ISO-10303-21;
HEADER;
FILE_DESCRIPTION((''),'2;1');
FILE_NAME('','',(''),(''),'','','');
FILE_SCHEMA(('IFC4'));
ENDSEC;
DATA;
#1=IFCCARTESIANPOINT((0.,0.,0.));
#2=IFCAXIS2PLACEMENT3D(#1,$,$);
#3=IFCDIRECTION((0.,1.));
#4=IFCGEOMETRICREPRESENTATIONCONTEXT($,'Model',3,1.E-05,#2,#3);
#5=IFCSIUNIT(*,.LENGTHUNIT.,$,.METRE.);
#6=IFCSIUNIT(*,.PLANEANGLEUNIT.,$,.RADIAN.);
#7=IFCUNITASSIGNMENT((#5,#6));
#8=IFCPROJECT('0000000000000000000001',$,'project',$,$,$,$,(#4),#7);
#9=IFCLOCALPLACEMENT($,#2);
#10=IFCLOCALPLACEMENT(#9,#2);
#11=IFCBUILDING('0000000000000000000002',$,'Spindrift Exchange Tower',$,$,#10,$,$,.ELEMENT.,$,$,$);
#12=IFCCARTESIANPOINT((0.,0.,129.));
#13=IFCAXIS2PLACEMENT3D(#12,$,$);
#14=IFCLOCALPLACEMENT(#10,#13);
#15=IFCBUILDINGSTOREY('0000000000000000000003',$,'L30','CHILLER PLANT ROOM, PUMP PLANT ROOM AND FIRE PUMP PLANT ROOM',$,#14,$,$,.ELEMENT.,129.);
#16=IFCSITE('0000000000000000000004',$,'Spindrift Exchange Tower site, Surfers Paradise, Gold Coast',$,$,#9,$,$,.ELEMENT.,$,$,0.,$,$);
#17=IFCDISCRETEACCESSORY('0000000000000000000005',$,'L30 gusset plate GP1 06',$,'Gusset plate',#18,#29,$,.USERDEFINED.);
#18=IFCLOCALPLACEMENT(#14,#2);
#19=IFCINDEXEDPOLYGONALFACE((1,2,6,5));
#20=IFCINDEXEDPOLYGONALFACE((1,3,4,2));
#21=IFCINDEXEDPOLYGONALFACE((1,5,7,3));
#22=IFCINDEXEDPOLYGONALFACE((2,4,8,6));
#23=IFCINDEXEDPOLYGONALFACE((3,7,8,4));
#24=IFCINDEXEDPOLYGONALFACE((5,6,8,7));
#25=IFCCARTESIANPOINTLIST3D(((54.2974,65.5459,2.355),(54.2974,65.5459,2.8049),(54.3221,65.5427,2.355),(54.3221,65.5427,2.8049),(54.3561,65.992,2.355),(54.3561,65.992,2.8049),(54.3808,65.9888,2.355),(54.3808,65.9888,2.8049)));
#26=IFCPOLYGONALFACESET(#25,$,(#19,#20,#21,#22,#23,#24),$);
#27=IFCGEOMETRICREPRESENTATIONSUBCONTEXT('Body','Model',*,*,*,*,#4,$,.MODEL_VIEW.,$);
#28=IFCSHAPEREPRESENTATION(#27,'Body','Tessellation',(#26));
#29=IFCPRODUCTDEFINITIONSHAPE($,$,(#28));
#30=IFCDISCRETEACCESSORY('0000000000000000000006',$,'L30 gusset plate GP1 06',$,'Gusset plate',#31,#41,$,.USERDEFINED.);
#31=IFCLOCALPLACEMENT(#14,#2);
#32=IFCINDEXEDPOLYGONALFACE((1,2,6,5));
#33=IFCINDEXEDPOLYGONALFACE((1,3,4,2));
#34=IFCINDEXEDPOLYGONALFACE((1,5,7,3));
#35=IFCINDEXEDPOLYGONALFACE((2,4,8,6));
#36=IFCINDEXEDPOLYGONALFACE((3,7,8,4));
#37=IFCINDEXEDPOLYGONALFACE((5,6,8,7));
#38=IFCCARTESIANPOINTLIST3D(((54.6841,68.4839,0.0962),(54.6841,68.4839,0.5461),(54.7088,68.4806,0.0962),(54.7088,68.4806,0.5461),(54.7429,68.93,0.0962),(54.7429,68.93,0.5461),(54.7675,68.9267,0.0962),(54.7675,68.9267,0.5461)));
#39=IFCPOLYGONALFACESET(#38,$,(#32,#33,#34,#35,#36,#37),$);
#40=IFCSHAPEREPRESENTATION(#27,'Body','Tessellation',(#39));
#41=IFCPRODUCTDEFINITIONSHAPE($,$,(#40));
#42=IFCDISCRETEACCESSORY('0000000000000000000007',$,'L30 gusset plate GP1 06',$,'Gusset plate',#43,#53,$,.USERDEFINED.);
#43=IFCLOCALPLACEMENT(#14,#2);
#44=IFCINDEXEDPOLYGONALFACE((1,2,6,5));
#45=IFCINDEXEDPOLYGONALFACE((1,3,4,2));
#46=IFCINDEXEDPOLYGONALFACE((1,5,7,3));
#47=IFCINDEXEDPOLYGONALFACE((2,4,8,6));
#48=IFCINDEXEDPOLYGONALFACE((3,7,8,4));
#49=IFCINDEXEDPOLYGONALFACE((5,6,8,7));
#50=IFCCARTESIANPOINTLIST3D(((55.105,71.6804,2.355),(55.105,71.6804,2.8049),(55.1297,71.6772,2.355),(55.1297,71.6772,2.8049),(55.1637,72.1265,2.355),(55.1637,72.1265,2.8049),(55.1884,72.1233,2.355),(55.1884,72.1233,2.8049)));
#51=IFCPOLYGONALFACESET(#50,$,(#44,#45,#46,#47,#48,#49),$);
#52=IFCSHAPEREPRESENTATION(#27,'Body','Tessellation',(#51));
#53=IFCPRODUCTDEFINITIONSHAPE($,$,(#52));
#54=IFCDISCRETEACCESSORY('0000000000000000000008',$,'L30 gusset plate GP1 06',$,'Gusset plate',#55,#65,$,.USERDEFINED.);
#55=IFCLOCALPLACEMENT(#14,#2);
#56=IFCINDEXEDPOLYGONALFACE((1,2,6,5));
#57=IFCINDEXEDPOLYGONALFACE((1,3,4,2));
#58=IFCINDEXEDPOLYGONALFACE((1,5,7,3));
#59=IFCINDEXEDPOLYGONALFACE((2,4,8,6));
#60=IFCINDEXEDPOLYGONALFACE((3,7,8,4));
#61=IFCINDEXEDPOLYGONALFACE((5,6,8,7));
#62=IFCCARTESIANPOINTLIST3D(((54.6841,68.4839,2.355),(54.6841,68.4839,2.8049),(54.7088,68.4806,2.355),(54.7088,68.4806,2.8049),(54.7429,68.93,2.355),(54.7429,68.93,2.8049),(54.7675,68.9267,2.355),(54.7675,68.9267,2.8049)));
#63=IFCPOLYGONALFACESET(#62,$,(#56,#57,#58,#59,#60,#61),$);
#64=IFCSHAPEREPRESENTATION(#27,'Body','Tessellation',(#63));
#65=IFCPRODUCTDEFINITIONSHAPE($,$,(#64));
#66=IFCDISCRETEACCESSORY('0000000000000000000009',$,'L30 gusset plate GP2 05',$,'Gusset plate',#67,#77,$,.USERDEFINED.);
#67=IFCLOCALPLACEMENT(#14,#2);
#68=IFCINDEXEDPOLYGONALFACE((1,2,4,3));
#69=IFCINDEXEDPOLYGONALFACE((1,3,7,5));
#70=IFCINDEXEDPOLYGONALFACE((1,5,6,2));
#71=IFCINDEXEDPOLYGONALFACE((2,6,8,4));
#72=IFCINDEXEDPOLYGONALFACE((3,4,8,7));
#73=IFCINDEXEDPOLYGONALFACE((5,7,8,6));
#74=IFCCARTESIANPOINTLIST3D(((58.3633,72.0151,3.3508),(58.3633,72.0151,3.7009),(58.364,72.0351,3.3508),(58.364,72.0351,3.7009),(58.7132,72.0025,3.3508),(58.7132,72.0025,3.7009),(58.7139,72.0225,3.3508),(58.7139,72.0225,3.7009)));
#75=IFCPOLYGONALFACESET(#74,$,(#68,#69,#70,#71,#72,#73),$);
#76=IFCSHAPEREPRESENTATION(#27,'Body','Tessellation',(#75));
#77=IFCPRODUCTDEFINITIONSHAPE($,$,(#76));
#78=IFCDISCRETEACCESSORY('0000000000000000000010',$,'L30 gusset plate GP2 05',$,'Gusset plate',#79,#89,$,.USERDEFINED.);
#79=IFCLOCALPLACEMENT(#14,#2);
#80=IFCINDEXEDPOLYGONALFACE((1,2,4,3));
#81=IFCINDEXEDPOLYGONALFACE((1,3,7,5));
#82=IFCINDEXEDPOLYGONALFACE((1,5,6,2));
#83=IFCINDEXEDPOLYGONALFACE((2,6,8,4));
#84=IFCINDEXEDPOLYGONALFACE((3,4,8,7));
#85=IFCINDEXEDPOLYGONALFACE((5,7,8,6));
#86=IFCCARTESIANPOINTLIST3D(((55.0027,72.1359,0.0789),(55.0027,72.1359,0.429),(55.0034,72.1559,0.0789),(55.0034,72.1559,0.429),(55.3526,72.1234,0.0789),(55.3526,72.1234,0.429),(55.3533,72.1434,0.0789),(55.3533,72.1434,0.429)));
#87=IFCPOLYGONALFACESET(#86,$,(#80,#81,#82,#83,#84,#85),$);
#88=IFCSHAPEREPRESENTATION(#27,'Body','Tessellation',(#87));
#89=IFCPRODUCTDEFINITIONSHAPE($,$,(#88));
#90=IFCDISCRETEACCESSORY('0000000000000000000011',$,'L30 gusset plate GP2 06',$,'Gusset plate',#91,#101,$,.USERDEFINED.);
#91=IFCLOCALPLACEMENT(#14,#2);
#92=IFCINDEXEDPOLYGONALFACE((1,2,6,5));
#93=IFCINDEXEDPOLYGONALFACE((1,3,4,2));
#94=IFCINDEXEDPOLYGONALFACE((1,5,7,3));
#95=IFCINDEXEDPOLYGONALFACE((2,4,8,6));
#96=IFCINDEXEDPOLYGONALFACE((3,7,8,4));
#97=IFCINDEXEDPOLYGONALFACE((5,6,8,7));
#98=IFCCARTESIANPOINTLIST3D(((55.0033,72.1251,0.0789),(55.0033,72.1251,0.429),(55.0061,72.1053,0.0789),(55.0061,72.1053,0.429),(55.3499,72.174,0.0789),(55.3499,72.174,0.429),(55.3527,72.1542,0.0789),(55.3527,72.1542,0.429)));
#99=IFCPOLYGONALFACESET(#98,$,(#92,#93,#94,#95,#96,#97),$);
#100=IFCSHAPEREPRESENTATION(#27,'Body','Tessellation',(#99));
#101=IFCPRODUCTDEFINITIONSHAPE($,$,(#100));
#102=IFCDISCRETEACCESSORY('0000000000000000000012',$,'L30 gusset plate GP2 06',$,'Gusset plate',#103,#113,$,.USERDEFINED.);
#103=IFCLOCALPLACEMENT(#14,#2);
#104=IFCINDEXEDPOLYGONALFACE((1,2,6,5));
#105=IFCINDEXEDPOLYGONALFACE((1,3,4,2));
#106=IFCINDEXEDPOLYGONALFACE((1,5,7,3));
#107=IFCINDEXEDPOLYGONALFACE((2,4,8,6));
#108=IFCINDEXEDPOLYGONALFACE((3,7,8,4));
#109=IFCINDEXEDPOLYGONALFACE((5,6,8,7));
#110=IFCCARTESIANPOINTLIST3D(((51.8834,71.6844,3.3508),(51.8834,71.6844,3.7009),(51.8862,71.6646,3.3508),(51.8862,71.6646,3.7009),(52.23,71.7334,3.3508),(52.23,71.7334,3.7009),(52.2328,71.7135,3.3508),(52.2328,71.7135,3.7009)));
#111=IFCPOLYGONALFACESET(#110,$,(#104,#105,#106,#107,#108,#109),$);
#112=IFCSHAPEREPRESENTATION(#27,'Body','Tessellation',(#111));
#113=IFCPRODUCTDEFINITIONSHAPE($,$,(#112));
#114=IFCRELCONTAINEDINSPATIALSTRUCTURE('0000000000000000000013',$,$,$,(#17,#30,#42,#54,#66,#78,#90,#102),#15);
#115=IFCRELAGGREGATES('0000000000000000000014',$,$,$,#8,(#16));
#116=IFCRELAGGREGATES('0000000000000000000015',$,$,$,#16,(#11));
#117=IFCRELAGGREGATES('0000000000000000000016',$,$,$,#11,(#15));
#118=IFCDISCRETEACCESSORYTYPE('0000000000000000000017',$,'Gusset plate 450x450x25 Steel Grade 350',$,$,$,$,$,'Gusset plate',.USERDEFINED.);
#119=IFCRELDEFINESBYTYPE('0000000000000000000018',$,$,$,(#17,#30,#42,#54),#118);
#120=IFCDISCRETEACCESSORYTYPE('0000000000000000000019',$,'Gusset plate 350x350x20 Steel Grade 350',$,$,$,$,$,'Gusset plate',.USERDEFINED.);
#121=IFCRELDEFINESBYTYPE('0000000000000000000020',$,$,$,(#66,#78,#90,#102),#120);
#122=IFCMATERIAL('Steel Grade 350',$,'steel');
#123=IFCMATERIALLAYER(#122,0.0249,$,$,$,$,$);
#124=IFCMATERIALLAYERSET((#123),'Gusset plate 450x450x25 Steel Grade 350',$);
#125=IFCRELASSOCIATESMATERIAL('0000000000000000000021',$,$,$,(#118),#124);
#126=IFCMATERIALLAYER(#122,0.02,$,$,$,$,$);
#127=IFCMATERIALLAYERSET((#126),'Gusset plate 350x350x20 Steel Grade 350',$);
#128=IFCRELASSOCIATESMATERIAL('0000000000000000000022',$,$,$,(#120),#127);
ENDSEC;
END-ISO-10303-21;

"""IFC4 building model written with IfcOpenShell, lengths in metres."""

from ifc_helpers import new_model, si_unit, direction, frame, origin, origin_2d, place, context, subcontext, project, spatial, rectangle, extrude, source, transform, mapped, material, layer, layer_set, type_object, element, save


model = new_model("IFC4")

# Units and contexts
model_context = context("Model", 3, precision=1e-05, world=origin(), true_north=direction((0.0, 1.0)))
body_context = subcontext(model_context, "Body", "Model", "MODEL_VIEW")
ifc_project = project(units=[si_unit("LENGTHUNIT", "METRE"), si_unit("PLANEANGLEUNIT", "RADIAN")], contexts=[model_context])

# Site, building, storey
site_placement = place(None, origin())
site = spatial("IfcSite", under=ifc_project, at=site_placement, Name="Spindrift Exchange Tower site, Surfers Paradise, Gold Coast", CompositionType="ELEMENT", RefElevation=0.0)
building_placement = place(site_placement, origin())
building = spatial("IfcBuilding", under=site, at=building_placement, Name="Spindrift Exchange Tower", CompositionType="ELEMENT")
storey_placement = place(building_placement, frame((0.0, 0.0, 129.0)))
storey = spatial("IfcBuildingStorey", under=building, at=storey_placement, Name="L30", Description="CHILLER PLANT ROOM, PUMP PLANT ROOM AND FIRE PUMP PLANT ROOM", CompositionType="ELEMENT", Elevation=129.0)

# Shared definitions
ifc_material_1 = material(Name="Steel Grade 350", Category="steel")

# Discrete accessories
ifc_layer_1 = layer(ifc_material_1, 0.0249)
ifc_layer_set_1 = layer_set([ifc_layer_1], Name="Gusset plate 450x450x25 Steel Grade 350")
discrete_accessory_type_1 = type_object("IfcDiscreteAccessoryType", Name="Gusset plate 450x450x25 Steel Grade 350", ElementType="Gusset plate", PredefinedType="USERDEFINED", material=ifc_layer_set_1)
shared_shape_1 = source(origin(), body_context, "Body", "SweptSolid", [
    extrude(rectangle(XDim=0.45, YDim=0.0249, at=origin_2d()), origin(), (0.0, 0.0, 1.0), 0.45),
])
for number, where, z_axis, x_axis, name in (
    (1, (54.3391, 65.7673, 2.355), (0.0, 0.0, 1.0), (0.130528, 0.991445, 0.0), "L30 gusset plate GP1 06"),
    (2, (54.7258, 68.7053, 0.0962), (0.0, 0.0, 1.0), (0.130528, 0.991445, 0.0), "L30 gusset plate GP1 06"),
    (3, (55.1467, 71.9019, 2.355), (0.0, 0.0, 1.0), (0.130518, 0.991446, 0.0), "L30 gusset plate GP1 06"),
    (4, (54.7258, 68.7053, 2.355), (0.0, 0.0, 1.0), (0.130526, 0.991445, 0.0), "L30 gusset plate GP1 06"),
):
    element("IfcDiscreteAccessory", number, at=place(storey_placement, frame(where, z_axis=z_axis, x_axis=x_axis)), inside=storey, type_object=discrete_accessory_type_1, Name=name, ObjectType="Gusset plate", PredefinedType="USERDEFINED", context=body_context, shape_type="MappedRepresentation", body=[
        mapped(shared_shape_1, transform((0.0, 0.0, 0.0), scale=1.0)),
    ])
ifc_layer_2 = layer(ifc_material_1, 0.02)
ifc_layer_set_2 = layer_set([ifc_layer_2], Name="Gusset plate 350x350x20 Steel Grade 350")
discrete_accessory_type_2 = type_object("IfcDiscreteAccessoryType", Name="Gusset plate 350x350x20 Steel Grade 350", ElementType="Gusset plate", PredefinedType="USERDEFINED", material=ifc_layer_set_2)
shared_shape_2 = source(origin(), body_context, "Body", "SweptSolid", [
    extrude(rectangle(XDim=0.3501, YDim=0.02, at=origin_2d()), origin(), (0.0, 0.0, 1.0), 0.3501),
])
for number, where, z_axis, x_axis, name in (
    (5, (58.5386, 72.0188, 3.3508), (0.0, 0.0, 1.0), (-0.999354, 0.035925, 0.0), "L30 gusset plate GP2 05"),
    (6, (55.178, 72.1396, 0.0789), (0.0, 0.0, 1.0), (-0.999353, 0.035953, 0.0), "L30 gusset plate GP2 05"),
    (7, (55.178, 72.1396, 0.0789), (0.0, 0.0, 1.0), (-0.990171, -0.139861, 0.0), "L30 gusset plate GP2 06"),
    (8, (52.0581, 71.699, 3.3508), (0.0, 0.0, 1.0), (-0.990171, -0.139861, 0.0), "L30 gusset plate GP2 06"),
):
    element("IfcDiscreteAccessory", number, at=place(storey_placement, frame(where, z_axis=z_axis, x_axis=x_axis)), inside=storey, type_object=discrete_accessory_type_2, Name=name, ObjectType="Gusset plate", PredefinedType="USERDEFINED", context=body_context, shape_type="MappedRepresentation", body=[
        mapped(shared_shape_2, transform((0.0, 0.0, 0.0), scale=1.0)),
    ])

save(model, "model.ifc")
